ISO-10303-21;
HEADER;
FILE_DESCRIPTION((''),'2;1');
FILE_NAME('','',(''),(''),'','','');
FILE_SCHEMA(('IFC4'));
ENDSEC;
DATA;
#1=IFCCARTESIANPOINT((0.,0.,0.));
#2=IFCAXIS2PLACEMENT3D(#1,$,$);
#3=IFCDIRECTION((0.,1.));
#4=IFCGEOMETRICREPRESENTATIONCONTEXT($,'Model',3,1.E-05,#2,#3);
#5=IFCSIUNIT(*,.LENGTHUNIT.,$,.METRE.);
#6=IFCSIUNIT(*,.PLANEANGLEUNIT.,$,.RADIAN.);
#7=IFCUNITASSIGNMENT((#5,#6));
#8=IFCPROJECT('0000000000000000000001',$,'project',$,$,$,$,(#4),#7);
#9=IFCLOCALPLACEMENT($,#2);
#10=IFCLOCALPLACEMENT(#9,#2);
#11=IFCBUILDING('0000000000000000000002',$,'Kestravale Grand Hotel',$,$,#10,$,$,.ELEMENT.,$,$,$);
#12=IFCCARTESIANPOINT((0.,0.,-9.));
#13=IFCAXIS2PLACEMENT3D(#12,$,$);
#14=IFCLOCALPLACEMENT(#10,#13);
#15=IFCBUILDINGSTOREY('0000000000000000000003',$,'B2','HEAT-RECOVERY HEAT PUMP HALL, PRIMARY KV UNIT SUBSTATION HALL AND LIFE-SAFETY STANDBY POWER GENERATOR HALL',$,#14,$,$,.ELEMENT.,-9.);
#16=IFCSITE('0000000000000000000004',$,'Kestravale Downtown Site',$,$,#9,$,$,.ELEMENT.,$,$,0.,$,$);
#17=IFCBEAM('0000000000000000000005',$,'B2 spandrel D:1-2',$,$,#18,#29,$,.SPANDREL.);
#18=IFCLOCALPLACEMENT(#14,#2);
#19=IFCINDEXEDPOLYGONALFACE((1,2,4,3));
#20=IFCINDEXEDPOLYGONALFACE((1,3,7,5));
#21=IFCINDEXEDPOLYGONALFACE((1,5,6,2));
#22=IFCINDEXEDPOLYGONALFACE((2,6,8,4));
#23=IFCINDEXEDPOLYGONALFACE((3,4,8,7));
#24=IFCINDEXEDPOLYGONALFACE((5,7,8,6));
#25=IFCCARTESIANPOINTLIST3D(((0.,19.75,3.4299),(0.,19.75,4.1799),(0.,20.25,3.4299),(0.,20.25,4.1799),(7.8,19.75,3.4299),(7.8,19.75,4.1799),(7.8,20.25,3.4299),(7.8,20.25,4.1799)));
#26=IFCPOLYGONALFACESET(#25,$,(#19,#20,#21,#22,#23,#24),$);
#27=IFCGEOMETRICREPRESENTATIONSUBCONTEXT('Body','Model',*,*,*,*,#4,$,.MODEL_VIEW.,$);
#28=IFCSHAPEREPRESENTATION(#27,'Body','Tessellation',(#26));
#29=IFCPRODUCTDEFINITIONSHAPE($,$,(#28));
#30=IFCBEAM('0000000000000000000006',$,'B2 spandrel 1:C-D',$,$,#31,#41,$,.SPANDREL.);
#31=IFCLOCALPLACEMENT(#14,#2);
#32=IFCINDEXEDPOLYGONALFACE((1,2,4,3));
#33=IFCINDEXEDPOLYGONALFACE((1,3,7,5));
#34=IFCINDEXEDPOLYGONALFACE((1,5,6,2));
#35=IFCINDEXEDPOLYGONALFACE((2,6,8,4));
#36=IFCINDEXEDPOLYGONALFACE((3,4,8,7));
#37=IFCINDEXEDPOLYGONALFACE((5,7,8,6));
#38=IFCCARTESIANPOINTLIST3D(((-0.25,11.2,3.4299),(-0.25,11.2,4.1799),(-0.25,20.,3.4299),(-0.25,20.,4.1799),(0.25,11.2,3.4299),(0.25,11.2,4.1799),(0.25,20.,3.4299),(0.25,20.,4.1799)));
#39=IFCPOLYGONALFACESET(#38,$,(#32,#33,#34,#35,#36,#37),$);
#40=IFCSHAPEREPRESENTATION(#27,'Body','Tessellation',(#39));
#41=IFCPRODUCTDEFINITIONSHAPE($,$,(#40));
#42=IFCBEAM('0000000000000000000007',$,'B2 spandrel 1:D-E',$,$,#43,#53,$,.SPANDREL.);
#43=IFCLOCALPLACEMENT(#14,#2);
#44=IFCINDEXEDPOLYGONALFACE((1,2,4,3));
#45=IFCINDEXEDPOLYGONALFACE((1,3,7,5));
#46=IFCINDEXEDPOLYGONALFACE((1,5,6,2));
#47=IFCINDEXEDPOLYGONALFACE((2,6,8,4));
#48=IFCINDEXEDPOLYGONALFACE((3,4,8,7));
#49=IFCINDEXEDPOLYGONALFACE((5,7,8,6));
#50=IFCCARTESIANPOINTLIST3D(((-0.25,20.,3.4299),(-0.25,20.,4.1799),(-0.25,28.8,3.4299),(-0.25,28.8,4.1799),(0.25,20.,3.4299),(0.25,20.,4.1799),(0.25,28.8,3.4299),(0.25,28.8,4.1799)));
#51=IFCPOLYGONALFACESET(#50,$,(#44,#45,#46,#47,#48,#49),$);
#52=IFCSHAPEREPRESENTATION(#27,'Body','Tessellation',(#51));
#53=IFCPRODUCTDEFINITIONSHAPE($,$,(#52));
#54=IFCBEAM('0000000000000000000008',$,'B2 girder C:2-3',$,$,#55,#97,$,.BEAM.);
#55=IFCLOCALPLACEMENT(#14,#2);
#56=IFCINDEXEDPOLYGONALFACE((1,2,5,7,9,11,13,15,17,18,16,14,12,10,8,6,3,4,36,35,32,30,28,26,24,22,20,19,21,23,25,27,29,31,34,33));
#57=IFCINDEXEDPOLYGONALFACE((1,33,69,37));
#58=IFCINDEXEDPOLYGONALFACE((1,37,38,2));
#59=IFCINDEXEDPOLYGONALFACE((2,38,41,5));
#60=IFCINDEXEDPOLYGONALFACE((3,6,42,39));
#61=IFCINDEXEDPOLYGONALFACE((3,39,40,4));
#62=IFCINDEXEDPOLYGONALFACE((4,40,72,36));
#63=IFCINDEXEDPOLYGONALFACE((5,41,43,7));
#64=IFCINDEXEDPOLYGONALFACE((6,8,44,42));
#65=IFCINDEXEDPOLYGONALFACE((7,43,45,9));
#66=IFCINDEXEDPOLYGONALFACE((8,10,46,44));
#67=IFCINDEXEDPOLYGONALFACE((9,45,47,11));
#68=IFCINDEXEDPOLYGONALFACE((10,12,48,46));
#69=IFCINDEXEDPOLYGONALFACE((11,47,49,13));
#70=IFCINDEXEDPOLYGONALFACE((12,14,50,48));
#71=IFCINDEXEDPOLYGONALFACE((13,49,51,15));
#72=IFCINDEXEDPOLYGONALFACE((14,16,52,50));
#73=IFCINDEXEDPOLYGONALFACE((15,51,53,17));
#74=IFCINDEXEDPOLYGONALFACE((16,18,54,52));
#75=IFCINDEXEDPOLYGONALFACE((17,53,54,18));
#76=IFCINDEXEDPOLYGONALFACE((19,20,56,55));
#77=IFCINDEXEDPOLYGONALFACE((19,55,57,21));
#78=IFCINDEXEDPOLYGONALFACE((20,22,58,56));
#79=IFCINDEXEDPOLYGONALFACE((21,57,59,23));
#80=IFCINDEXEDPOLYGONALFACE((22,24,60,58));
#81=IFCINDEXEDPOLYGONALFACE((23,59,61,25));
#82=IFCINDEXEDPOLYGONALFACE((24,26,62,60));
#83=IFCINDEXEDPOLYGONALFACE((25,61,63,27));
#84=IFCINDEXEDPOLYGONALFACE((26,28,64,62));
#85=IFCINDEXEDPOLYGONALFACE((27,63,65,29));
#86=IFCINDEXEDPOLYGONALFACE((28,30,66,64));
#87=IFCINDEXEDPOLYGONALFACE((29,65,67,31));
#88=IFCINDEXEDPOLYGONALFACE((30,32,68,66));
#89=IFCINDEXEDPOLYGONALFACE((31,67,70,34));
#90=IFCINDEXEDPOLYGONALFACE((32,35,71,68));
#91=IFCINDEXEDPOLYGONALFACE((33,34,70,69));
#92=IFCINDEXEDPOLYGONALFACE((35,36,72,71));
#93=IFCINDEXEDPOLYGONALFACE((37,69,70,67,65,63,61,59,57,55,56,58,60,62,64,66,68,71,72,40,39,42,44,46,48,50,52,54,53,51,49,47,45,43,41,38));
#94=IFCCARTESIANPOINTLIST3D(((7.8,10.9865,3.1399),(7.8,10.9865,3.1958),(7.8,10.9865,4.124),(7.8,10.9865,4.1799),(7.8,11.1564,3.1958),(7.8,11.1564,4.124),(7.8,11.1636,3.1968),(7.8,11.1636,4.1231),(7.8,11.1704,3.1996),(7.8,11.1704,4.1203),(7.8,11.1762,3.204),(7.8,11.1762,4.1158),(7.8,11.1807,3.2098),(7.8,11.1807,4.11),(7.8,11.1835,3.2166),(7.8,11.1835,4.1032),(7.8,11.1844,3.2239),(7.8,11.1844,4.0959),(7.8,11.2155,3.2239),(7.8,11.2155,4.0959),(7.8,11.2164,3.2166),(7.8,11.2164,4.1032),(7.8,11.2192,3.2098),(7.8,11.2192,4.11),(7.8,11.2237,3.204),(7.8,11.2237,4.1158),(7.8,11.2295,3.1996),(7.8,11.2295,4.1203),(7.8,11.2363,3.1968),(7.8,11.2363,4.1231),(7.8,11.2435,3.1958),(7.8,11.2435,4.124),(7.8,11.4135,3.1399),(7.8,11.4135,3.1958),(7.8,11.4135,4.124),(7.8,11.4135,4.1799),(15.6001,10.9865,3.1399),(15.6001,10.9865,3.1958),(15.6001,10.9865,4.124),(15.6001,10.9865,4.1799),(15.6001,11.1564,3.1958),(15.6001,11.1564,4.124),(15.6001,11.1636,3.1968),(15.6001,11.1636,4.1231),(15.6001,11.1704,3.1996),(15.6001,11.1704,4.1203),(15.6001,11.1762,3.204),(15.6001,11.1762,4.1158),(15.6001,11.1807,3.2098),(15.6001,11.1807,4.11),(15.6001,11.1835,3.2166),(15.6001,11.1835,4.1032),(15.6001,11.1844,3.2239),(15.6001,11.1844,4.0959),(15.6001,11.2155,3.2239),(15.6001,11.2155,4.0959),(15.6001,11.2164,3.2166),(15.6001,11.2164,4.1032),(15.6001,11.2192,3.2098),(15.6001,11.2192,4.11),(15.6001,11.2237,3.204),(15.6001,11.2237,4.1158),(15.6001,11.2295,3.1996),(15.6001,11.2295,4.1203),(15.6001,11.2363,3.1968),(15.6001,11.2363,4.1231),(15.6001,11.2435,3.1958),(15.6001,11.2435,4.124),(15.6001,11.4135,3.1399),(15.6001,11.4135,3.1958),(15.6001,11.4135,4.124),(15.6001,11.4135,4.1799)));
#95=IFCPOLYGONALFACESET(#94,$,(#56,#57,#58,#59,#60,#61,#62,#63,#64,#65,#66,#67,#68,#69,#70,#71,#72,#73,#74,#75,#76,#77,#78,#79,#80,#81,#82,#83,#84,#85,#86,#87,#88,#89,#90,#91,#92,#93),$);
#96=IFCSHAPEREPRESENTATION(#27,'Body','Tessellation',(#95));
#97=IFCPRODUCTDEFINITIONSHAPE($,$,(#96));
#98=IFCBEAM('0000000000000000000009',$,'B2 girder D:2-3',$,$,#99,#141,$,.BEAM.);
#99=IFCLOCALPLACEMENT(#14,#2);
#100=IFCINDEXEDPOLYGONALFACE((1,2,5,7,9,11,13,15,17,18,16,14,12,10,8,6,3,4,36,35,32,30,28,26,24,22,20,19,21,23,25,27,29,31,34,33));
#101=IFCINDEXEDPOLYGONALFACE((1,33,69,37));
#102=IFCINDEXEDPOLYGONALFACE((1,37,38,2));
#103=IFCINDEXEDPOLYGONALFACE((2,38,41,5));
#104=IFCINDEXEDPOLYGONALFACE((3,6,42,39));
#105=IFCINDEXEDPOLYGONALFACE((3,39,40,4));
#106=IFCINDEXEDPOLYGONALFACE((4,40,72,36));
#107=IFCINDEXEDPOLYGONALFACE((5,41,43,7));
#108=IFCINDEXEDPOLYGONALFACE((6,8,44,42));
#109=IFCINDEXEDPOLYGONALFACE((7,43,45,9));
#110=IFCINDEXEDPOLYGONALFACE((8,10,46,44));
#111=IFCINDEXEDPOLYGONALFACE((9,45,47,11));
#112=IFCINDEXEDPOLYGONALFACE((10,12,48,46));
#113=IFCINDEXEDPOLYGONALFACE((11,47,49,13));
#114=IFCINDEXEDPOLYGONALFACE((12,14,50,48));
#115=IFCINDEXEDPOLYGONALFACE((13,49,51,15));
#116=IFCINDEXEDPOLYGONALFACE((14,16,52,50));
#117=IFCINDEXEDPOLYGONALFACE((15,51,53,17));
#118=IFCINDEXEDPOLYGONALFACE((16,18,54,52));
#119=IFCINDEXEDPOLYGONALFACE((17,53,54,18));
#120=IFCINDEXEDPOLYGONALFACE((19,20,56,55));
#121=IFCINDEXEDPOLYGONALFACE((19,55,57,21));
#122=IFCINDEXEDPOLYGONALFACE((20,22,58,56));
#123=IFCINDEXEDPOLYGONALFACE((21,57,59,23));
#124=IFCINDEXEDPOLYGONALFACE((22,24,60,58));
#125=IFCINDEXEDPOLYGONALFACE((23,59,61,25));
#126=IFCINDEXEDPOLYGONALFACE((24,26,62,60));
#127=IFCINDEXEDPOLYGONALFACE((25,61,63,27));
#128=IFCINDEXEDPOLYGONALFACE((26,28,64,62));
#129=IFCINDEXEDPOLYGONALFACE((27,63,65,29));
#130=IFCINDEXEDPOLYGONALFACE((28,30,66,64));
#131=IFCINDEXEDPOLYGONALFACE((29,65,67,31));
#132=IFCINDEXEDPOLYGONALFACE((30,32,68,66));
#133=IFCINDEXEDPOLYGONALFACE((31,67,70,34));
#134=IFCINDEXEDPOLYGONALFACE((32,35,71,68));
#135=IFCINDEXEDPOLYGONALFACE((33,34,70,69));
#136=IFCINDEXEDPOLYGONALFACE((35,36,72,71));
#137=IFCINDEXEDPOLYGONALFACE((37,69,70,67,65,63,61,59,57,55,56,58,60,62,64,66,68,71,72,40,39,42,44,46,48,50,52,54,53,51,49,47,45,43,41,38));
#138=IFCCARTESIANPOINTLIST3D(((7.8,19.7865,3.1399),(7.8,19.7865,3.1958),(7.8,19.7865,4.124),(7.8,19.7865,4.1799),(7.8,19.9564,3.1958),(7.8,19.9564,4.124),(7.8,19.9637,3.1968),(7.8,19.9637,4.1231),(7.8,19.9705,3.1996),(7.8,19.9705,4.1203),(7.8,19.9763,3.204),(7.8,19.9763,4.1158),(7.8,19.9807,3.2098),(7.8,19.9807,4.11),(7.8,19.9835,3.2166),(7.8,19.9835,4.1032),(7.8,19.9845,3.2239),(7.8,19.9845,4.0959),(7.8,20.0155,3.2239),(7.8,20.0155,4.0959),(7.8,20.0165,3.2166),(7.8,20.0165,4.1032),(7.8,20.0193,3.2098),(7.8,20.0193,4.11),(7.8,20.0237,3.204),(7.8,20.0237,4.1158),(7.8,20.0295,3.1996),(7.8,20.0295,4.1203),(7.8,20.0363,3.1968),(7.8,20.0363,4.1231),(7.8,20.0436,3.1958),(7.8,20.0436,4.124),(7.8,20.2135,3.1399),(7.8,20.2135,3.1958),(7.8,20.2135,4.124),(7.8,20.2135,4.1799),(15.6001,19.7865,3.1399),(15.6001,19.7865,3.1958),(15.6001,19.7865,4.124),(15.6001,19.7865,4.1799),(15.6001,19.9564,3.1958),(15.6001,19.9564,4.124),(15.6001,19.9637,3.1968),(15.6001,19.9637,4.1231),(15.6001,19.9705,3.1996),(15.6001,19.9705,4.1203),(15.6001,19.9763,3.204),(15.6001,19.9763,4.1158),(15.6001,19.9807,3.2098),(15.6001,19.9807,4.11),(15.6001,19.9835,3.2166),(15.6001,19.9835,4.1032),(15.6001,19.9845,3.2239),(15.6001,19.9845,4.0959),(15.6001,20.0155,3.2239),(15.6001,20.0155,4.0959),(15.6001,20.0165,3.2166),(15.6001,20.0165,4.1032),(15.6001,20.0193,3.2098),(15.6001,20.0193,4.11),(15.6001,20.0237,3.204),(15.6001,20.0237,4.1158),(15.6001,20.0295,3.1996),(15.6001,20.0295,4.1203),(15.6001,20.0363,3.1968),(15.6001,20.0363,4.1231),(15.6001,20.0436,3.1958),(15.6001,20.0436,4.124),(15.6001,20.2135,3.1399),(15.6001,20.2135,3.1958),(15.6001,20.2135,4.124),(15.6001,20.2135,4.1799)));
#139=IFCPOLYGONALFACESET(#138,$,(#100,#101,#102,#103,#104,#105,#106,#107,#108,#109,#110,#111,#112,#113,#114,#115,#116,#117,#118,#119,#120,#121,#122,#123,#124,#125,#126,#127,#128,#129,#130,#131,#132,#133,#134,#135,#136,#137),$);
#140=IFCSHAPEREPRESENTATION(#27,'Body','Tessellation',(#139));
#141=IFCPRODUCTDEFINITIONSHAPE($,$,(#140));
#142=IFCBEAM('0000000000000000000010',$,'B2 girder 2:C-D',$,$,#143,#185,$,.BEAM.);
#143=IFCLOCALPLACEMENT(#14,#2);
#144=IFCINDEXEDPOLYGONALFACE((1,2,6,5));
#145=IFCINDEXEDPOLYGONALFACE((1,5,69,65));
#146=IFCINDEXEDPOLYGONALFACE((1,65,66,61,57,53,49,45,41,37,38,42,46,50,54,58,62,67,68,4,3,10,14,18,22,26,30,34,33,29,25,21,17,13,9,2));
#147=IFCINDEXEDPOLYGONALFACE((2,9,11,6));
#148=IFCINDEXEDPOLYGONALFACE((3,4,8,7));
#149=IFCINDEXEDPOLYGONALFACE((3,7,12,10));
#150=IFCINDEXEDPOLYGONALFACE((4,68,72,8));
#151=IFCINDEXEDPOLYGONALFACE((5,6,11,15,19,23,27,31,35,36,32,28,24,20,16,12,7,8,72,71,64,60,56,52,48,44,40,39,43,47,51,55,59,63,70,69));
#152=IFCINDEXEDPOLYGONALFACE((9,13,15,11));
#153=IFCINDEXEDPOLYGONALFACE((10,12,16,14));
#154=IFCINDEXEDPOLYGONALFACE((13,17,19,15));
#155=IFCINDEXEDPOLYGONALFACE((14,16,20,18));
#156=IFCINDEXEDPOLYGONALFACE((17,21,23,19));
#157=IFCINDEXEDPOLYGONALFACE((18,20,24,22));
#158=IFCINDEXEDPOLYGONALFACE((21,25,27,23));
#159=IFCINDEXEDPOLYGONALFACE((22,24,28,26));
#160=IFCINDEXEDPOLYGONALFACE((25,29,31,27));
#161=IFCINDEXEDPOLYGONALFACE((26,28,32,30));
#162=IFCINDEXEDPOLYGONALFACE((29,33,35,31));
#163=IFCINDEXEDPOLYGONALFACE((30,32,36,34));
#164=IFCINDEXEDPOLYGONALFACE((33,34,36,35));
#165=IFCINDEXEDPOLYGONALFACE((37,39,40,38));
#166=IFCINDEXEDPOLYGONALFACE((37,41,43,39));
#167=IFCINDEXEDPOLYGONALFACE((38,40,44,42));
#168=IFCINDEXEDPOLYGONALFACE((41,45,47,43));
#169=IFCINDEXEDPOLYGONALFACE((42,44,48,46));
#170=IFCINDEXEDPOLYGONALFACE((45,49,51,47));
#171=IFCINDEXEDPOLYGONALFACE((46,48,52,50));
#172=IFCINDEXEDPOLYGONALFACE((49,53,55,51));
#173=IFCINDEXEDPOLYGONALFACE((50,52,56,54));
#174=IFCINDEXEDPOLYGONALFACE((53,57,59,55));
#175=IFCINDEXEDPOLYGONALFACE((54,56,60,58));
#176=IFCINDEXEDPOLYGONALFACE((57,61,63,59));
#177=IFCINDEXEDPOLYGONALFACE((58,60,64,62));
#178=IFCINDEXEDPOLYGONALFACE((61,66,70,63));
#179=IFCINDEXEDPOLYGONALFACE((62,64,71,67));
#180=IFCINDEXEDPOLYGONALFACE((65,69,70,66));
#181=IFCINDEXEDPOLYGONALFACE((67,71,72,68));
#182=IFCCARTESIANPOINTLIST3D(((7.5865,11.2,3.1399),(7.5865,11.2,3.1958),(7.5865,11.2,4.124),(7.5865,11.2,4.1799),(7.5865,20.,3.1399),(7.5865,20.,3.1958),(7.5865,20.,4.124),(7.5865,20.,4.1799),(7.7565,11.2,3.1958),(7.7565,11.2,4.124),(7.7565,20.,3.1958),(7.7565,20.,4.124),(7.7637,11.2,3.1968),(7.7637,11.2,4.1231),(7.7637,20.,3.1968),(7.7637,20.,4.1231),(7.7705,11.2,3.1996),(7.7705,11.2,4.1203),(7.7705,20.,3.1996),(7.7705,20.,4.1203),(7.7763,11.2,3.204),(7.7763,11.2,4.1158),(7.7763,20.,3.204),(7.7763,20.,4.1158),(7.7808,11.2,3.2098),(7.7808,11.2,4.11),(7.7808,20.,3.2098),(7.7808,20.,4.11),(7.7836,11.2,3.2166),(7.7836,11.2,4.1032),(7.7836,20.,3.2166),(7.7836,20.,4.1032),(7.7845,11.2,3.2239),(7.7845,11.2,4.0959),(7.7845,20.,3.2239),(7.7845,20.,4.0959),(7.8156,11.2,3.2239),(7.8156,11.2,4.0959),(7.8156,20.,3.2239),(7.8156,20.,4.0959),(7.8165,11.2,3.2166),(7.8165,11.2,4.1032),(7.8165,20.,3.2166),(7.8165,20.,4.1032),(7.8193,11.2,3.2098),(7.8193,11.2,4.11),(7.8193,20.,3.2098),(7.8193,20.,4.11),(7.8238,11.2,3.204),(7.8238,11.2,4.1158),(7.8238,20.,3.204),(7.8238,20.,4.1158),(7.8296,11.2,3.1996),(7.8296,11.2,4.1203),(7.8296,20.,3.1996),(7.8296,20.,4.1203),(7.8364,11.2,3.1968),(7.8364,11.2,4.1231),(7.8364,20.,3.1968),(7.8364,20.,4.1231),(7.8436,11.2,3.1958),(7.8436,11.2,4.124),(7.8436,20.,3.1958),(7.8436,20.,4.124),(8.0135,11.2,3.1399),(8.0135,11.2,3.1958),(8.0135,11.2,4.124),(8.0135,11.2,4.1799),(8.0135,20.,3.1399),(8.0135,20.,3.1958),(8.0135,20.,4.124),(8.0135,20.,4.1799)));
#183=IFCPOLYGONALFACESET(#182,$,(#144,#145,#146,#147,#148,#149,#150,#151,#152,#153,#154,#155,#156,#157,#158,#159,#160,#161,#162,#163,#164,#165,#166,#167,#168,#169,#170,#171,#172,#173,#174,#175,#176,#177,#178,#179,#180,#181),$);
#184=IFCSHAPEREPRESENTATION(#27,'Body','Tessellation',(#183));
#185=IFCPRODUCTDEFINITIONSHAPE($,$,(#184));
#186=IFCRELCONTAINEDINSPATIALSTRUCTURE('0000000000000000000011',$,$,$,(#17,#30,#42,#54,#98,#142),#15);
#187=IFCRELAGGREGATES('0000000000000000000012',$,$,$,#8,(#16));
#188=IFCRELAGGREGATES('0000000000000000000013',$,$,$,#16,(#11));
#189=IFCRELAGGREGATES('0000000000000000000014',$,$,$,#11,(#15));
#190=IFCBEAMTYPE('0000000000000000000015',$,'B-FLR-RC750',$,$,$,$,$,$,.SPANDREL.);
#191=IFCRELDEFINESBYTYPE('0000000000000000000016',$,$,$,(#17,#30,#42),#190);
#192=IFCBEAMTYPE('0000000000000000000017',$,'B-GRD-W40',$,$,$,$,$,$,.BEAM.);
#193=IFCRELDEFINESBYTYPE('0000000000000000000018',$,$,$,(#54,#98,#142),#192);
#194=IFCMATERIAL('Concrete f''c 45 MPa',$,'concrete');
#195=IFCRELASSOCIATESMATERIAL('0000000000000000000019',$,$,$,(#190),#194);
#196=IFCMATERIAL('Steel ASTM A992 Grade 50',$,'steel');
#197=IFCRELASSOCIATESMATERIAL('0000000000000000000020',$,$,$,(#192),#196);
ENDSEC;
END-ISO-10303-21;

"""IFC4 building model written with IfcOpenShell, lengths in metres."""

from ifc_helpers import new_model, si_unit, direction, frame, origin, origin_2d, place, context, subcontext, project, spatial, rectangle, i_section, extrude, material, material_profile, profile_set, type_object, element, save


model = new_model("IFC4")

# Units and contexts
model_context = context("Model", 3, precision=1e-05, world=origin(), true_north=direction((0.0, 1.0)))
body_context = subcontext(model_context, "Body", "Model", "MODEL_VIEW")
ifc_project = project(units=[si_unit("LENGTHUNIT", "METRE"), si_unit("PLANEANGLEUNIT", "RADIAN")], contexts=[model_context])

# Site, building, storey
site_placement = place(None, origin())
site = spatial("IfcSite", under=ifc_project, at=site_placement, Name="Kestravale Downtown Site", CompositionType="ELEMENT", RefElevation=0.0)
building_placement = place(site_placement, origin())
building = spatial("IfcBuilding", under=site, at=building_placement, Name="Kestravale Grand Hotel", CompositionType="ELEMENT")
storey_placement = place(building_placement, frame((0.0, 0.0, -9.0)))
storey = spatial("IfcBuildingStorey", under=building, at=storey_placement, Name="B2", Description="HEAT-RECOVERY HEAT PUMP HALL, PRIMARY KV UNIT SUBSTATION HALL AND LIFE-SAFETY STANDBY POWER GENERATOR HALL", CompositionType="ELEMENT", Elevation=-9.0)

# Beams
ifc_material_1 = material(Name="Concrete f'c 45 MPa", Category="concrete")
ifc_material_profile_1 = material_profile(ifc_material_1, rectangle(XDim=0.5, YDim=0.75, at=origin_2d()))
ifc_profile_set_1 = profile_set([ifc_material_profile_1], Name="Concrete f'c 45 MPa")
beam_type_1 = type_object("IfcBeamType", Name="B-FLR-RC750", PredefinedType="SPANDREL", material=ifc_profile_set_1)
for number, where, z_axis, x_axis, name in (
    (1, (0.0, 20.0, 3.8049), (1.0, 0.0, 0.0), (0.0, 1.0, 0.0), "B2 spandrel D:1-2"),
):
    element("IfcBeam", number, at=place(storey_placement, frame(where, z_axis=z_axis, x_axis=x_axis)), inside=storey, type_object=beam_type_1, Name=name, PredefinedType="SPANDREL", context=body_context, shape_type="SweptSolid", body=[
        extrude(rectangle(XDim=0.5, YDim=0.75, at=origin_2d()), origin(), (0.0, 0.0, 1.0), 7.8),
    ])
for number, where, z_axis, x_axis, name in (
    (2, (0.0, 11.2, 3.8049), (0.0, 1.0, 0.0), (-1.0, 0.0, 0.0), "B2 spandrel 1:C-D"),
    (3, (0.0, 20.0, 3.8049), (0.0, 1.0, 0.0), (-1.0, 0.0, 0.0), "B2 spandrel 1:D-E"),
):
    element("IfcBeam", number, at=place(storey_placement, frame(where, z_axis=z_axis, x_axis=x_axis)), inside=storey, type_object=beam_type_1, Name=name, PredefinedType="SPANDREL", context=body_context, shape_type="SweptSolid", body=[
        extrude(rectangle(XDim=0.5, YDim=0.75, at=origin_2d()), origin(), (0.0, 0.0, 1.0), 8.8),
    ])
ifc_material_2 = material(Name="Steel ASTM A992 Grade 50", Category="steel")
ifc_material_profile_2 = material_profile(ifc_material_2, i_section(OverallWidth=0.427, OverallDepth=1.04, WebThickness=0.031, FlangeThickness=0.0559, FilletRadius=0.0281, at=origin_2d()))
ifc_profile_set_2 = profile_set([ifc_material_profile_2], Name="Steel ASTM A992 Grade 50")
beam_type_2 = type_object("IfcBeamType", Name="B-GRD-W40", PredefinedType="BEAM", material=ifc_profile_set_2)
for number, where, z_axis, x_axis, name in (
    (4, (7.8, 11.2, 3.6599), (1.0, 0.0, 0.0), (0.0, 1.0, 0.0), "B2 girder C:2-3"),
    (5, (7.8, 20.0, 3.6599), (1.0, 0.0, 0.0), (0.0, 1.0, 0.0), "B2 girder D:2-3"),
):
    element("IfcBeam", number, at=place(storey_placement, frame(where, z_axis=z_axis, x_axis=x_axis)), inside=storey, type_object=beam_type_2, Name=name, PredefinedType="BEAM", context=body_context, shape_type="SweptSolid", body=[
        extrude(i_section(OverallWidth=0.427, OverallDepth=1.04, WebThickness=0.031, FlangeThickness=0.0559, FilletRadius=0.0281, at=origin_2d()), origin(), (0.0, 0.0, 1.0), 7.8),
    ])
beam_placement = place(storey_placement, frame((7.8, 11.2, 3.6599), z_axis=(0.0, 1.0, 0.0), x_axis=(-1.0, 0.0, 0.0)))
element("IfcBeam", 6, at=beam_placement, inside=storey, type_object=beam_type_2, Name="B2 girder 2:C-D", PredefinedType="BEAM", context=body_context, shape_type="SweptSolid", body=[
    extrude(i_section(OverallWidth=0.427, OverallDepth=1.04, WebThickness=0.031, FlangeThickness=0.0559, FilletRadius=0.0281, at=origin_2d()), origin(), (0.0, 0.0, 1.0), 8.8),
])

save(model, "model.ifc")
